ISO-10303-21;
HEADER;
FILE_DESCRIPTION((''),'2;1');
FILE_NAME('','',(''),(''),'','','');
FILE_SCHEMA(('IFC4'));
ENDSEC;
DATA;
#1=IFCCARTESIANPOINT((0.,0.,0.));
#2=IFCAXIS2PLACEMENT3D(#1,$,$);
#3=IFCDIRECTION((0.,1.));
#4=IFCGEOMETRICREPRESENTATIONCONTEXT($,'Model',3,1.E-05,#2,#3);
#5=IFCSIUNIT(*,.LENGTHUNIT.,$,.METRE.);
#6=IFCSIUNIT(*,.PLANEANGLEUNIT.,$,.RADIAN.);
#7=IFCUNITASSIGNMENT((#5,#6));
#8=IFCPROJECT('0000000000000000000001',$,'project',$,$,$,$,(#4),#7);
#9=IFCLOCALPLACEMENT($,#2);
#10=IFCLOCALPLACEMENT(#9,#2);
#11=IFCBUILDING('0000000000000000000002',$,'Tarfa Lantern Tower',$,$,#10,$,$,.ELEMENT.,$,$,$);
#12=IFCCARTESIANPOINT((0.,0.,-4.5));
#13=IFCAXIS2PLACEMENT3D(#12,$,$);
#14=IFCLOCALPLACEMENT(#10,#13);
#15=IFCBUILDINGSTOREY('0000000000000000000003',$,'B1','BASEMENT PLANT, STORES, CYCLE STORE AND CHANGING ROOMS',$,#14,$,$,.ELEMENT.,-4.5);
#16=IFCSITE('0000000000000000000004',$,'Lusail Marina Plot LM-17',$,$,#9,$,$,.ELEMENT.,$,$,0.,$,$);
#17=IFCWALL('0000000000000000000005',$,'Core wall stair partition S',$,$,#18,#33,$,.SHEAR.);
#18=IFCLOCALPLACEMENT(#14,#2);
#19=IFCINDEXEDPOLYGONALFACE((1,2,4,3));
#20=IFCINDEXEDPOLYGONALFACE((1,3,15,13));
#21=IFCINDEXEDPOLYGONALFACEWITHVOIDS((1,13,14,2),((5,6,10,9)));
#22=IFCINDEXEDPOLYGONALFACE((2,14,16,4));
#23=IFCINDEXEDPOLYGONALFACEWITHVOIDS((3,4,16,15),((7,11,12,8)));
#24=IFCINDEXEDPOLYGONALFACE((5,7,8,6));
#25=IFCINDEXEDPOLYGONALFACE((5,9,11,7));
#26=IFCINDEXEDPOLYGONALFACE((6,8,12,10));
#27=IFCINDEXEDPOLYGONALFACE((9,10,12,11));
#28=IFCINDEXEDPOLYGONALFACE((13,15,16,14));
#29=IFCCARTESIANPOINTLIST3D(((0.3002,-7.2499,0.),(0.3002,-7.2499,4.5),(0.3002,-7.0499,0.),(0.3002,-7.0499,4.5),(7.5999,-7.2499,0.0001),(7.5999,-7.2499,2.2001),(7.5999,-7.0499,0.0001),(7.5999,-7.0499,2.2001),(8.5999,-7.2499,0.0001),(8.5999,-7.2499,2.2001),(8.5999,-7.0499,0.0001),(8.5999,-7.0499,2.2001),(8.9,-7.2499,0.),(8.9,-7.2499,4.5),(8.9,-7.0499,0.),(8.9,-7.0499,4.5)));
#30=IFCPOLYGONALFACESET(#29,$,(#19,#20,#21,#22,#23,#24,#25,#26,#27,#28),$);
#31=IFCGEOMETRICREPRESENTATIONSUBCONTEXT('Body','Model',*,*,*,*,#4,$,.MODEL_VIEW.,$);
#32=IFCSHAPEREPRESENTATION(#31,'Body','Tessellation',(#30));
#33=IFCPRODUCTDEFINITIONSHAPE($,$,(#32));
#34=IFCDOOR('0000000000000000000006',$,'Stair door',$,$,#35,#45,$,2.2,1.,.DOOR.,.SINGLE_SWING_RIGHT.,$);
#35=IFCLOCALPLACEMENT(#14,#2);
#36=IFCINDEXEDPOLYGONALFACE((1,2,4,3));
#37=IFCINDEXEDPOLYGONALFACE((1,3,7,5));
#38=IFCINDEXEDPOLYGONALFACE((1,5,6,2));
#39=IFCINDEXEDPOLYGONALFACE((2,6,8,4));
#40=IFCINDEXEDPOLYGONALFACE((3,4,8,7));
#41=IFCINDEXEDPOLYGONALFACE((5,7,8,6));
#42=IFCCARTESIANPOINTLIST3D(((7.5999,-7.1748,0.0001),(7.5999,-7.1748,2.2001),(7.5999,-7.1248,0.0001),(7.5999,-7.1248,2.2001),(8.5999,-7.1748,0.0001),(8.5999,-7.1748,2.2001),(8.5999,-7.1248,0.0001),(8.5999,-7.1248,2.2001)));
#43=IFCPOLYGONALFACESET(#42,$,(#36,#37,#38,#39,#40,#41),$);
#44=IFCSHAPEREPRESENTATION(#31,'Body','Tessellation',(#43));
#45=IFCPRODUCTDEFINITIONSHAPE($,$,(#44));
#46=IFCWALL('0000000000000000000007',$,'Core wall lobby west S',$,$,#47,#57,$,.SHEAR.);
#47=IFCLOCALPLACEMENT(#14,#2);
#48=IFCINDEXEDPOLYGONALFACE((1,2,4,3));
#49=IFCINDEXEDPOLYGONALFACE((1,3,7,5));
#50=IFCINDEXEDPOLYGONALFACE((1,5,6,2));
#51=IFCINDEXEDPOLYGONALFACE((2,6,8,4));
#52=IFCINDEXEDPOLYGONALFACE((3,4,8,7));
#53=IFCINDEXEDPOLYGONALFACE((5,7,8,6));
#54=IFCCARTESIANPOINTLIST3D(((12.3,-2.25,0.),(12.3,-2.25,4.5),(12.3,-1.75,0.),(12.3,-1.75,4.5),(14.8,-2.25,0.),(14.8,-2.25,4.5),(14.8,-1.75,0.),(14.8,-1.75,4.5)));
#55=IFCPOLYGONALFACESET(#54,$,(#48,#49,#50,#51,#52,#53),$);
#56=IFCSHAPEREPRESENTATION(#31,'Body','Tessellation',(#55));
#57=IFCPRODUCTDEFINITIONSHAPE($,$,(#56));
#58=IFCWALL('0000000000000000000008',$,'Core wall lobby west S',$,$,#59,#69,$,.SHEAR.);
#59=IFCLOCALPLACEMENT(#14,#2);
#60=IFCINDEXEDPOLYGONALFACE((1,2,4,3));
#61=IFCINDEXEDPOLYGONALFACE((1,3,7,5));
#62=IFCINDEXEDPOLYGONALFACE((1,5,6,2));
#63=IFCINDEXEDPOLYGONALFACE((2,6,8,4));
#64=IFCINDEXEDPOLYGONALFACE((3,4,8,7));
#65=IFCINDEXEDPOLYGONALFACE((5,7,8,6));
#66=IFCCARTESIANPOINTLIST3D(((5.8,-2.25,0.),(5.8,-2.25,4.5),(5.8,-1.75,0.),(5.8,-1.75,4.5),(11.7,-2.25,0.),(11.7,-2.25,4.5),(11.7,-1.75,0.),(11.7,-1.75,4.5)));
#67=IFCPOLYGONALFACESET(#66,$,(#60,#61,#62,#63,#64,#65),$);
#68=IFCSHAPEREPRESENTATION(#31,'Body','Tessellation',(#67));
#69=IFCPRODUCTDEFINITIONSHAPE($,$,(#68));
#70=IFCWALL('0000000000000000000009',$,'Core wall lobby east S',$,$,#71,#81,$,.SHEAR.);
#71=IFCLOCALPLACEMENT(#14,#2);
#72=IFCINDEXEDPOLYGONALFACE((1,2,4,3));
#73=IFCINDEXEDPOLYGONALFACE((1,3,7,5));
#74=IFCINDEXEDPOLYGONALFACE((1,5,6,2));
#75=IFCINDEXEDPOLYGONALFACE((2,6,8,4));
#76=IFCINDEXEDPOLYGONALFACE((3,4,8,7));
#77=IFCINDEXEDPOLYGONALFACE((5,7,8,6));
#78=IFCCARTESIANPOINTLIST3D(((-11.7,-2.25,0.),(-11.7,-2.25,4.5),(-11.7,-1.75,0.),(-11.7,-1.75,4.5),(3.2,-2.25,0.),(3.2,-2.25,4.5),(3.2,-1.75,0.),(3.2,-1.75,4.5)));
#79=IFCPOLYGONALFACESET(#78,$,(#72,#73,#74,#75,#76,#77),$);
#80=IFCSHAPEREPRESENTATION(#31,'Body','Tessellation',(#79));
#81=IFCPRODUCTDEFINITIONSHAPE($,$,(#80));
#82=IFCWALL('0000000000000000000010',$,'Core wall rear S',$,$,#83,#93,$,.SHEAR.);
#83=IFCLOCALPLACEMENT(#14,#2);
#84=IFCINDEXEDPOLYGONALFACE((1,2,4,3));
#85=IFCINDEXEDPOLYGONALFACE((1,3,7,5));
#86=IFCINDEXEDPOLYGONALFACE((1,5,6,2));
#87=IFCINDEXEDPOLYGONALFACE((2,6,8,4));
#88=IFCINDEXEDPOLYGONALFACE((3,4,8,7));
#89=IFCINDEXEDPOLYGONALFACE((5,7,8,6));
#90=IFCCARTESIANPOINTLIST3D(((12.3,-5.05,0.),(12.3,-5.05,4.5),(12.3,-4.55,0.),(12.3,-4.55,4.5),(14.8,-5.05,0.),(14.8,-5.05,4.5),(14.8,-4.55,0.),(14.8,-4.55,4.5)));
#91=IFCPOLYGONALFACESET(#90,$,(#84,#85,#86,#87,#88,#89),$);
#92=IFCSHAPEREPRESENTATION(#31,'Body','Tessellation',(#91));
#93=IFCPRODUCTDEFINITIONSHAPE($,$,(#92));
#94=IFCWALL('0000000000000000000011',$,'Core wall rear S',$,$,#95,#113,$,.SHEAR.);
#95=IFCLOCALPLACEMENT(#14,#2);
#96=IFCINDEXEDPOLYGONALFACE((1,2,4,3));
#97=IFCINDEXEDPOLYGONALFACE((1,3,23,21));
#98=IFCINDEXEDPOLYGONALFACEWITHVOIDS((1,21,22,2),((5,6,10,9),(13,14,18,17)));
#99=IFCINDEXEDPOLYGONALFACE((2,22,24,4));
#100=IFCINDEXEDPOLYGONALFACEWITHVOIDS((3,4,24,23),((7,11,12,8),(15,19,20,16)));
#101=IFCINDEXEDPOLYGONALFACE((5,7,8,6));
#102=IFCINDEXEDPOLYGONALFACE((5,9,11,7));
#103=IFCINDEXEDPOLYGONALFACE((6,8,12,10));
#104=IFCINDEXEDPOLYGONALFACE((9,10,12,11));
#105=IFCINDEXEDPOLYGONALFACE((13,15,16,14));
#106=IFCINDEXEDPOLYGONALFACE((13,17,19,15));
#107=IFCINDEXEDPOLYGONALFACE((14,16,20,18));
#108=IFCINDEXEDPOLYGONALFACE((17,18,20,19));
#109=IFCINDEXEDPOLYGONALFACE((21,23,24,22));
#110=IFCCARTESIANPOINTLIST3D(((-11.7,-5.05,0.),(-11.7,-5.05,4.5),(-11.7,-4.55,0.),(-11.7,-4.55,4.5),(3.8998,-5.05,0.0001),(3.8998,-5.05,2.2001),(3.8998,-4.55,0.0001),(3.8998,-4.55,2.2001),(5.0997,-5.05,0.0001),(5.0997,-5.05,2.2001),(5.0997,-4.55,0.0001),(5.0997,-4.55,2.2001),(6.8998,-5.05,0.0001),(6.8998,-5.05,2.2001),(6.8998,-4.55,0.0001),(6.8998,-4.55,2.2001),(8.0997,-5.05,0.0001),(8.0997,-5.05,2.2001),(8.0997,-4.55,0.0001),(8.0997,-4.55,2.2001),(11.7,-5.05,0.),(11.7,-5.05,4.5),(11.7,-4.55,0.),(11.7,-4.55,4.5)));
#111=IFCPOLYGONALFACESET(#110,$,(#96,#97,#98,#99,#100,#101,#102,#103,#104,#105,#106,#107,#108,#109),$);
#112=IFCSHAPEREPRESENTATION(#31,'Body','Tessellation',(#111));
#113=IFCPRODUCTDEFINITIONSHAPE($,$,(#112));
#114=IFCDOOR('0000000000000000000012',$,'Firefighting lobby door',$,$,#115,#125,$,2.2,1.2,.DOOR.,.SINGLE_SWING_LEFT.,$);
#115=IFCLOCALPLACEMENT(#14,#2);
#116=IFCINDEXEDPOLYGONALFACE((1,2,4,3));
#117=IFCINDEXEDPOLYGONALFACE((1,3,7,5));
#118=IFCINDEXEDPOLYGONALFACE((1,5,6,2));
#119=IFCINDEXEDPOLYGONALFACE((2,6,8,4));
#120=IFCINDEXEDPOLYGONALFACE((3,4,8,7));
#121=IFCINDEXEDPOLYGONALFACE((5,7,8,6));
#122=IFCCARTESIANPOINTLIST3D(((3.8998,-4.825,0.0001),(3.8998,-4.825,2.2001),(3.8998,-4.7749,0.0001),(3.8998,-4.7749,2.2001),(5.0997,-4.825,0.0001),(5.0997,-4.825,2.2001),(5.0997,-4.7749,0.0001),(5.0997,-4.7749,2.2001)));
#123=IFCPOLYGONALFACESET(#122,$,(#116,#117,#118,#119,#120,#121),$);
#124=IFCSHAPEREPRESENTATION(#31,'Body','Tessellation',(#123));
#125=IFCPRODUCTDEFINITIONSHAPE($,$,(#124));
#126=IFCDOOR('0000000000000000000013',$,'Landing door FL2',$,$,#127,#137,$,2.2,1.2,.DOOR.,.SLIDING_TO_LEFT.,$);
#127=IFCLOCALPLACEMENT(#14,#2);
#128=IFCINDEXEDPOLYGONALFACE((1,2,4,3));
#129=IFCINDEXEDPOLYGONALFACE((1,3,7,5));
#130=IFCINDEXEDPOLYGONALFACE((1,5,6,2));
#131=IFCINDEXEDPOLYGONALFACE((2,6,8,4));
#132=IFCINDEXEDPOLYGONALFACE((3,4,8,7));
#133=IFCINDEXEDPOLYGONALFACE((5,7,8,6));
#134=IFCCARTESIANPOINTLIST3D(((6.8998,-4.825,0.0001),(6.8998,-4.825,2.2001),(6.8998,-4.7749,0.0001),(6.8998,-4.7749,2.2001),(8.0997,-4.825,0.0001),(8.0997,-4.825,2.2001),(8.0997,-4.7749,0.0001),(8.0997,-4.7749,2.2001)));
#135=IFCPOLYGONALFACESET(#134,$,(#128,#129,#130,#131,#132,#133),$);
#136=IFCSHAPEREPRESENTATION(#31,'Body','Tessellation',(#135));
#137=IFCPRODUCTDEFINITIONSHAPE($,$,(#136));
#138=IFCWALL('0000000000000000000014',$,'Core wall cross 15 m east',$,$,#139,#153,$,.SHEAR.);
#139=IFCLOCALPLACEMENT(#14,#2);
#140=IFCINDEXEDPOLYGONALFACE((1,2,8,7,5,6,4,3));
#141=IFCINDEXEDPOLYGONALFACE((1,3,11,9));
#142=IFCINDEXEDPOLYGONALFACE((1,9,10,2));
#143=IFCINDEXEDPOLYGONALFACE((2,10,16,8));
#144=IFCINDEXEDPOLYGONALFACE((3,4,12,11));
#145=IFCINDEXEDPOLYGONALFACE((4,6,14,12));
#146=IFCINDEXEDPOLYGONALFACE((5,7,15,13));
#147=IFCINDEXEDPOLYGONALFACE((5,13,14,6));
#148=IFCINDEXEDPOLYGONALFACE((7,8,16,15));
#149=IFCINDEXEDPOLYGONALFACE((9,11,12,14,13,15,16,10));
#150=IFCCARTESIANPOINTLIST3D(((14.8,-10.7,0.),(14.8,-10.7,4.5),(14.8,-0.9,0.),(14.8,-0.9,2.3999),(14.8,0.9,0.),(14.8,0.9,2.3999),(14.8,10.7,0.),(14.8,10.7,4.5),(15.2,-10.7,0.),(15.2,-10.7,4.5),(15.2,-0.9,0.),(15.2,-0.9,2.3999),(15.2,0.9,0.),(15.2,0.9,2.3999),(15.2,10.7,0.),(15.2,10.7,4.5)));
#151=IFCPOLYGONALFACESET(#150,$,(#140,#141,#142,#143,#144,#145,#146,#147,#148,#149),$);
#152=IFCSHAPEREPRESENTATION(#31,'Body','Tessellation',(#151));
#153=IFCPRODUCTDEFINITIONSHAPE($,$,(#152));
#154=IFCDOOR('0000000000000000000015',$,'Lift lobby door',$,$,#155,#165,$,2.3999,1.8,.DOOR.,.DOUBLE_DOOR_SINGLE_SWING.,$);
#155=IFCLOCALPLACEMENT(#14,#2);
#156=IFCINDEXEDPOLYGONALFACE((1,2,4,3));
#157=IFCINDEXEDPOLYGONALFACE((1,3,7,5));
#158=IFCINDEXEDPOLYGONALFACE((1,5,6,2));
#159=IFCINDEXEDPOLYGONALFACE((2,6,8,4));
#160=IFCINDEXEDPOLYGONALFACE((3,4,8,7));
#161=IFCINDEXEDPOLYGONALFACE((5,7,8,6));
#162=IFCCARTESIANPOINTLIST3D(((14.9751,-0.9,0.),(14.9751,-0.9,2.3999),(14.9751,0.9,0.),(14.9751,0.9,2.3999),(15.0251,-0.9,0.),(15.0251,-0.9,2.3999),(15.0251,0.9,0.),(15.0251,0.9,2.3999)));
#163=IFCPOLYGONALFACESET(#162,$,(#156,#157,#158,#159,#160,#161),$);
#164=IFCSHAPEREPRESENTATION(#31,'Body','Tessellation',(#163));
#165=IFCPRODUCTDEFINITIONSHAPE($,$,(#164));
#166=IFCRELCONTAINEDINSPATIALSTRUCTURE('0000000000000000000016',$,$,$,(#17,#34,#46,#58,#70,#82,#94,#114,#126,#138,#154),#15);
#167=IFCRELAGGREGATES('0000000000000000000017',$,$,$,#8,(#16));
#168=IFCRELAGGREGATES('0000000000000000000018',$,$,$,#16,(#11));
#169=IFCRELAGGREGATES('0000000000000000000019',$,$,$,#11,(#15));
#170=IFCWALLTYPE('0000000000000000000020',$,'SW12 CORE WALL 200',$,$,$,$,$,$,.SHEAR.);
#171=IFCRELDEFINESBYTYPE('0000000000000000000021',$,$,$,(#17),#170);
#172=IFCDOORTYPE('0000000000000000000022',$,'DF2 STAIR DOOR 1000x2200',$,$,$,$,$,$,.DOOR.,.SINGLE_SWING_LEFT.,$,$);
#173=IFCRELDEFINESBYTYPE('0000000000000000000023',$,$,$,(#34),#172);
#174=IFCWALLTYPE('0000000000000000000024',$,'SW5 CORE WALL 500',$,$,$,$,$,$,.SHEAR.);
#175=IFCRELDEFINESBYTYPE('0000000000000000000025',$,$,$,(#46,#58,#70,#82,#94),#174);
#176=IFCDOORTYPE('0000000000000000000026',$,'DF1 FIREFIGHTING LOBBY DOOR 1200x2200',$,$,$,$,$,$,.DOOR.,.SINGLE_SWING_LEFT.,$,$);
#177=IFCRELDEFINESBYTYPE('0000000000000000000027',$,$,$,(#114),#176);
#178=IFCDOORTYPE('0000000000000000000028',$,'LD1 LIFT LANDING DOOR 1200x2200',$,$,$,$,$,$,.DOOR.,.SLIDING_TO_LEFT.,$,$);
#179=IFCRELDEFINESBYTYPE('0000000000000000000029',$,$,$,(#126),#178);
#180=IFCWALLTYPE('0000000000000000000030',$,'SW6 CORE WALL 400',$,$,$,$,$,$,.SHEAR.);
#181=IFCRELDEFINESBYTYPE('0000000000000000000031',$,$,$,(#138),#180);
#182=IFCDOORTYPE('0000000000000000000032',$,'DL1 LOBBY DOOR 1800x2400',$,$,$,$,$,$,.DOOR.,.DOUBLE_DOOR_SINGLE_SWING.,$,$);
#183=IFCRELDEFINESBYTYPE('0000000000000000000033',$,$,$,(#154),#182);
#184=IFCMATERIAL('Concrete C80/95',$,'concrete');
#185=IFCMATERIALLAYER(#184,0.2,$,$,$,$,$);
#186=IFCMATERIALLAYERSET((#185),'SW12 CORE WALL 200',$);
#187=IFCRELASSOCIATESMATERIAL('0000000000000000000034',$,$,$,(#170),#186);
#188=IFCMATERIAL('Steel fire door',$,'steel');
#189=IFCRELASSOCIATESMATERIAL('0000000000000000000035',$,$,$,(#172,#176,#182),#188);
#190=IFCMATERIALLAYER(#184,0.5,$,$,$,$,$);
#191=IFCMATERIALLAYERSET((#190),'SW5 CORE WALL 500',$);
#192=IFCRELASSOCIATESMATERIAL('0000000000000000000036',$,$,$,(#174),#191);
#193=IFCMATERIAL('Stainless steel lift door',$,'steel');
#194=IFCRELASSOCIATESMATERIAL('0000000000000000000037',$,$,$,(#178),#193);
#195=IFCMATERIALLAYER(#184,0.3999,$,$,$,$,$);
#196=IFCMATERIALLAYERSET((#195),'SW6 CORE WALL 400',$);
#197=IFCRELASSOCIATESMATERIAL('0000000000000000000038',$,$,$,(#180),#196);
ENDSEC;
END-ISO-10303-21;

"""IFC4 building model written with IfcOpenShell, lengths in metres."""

from ifc_helpers import new_model, si_unit, direction, frame, frame_2d, origin, place, context, subcontext, project, spatial, rectangle, extrude, material, layer, layer_set, type_object, element, fill, save


model = new_model("IFC4")

# Units and contexts
model_context = context("Model", 3, precision=1e-05, world=origin(), true_north=direction((0.0, 1.0)))
body_context = subcontext(model_context, "Body", "Model", "MODEL_VIEW")
ifc_project = project(units=[si_unit("LENGTHUNIT", "METRE"), si_unit("PLANEANGLEUNIT", "RADIAN")], contexts=[model_context])

# Site, building, storey
site_placement = place(None, origin())
site = spatial("IfcSite", under=ifc_project, at=site_placement, Name="Lusail Marina Plot LM-17", CompositionType="ELEMENT", RefElevation=0.0)
building_placement = place(site_placement, origin())
building = spatial("IfcBuilding", under=site, at=building_placement, Name="Tarfa Lantern Tower", CompositionType="ELEMENT")
storey_placement = place(building_placement, frame((0.0, 0.0, -4.5)))
storey = spatial("IfcBuildingStorey", under=building, at=storey_placement, Name="B1", Description="BASEMENT PLANT, STORES, CYCLE STORE AND CHANGING ROOMS", CompositionType="ELEMENT", Elevation=-4.5)

# Shared definitions
ifc_material_1 = material(Name="Concrete C80/95", Category="concrete")

# Shared definitions
ifc_material_2 = material(Name="Steel fire door", Category="steel")

# Shared definitions
ifc_layer_1 = layer(ifc_material_1, 0.2)
ifc_layer_set_1 = layer_set([ifc_layer_1], Name="SW12 CORE WALL 200")
wall_type_1 = type_object("IfcWallType", Name="SW12 CORE WALL 200", PredefinedType="SHEAR", material=ifc_layer_set_1)

# Wall, opening, door
wall_1_placement = place(storey_placement, frame((8.8999, -7.1499, 0.0), z_axis=(0.0, 0.0, 1.0), x_axis=(-1.0, 0.0, 0.0)))
wall_1 = element("IfcWall", 1, at=wall_1_placement, inside=storey, type_object=wall_type_1, Name="Core wall stair partition S", PredefinedType="SHEAR", context=body_context, shape_type="SweptSolid", body=[
    extrude(rectangle(XDim=8.5999, YDim=0.2, at=frame_2d((4.2998, 0.0))), origin(), (0.0, 0.0, 1.0), 4.5),
])
opening_1_placement = place(wall_1_placement, frame((0.3, 0.0, 0.0)))
opening_1 = element("IfcOpeningElement", 2, at=opening_1_placement, cuts=wall_1, PredefinedType="OPENING", context=body_context, shape_type="SweptSolid", body=[
    extrude(rectangle(XDim=1.0, YDim=2.2, at=frame_2d((0.5, 1.1001))), frame((0.0, 0.1099, 0.0), z_axis=(0.0, -1.0, 0.0), x_axis=(1.0, 0.0, 0.0)), (0.0, 0.0, 1.0), 0.22),
])
door_type_1 = type_object("IfcDoorType", Name="DF2 STAIR DOOR 1000x2200", OperationType="SINGLE_SWING_LEFT", PredefinedType="DOOR", material=ifc_material_2)
door_1_placement = place(opening_1_placement, origin())
door_1 = element("IfcDoor", 3, at=door_1_placement, inside=storey, type_object=door_type_1, Name="Stair door", OperationType="SINGLE_SWING_RIGHT", OverallHeight=2.2, OverallWidth=1.0, PredefinedType="DOOR", context=body_context, shape_type="SweptSolid", body=[
    extrude(rectangle(XDim=1.0, YDim=2.2, at=frame_2d((0.5, 1.1001))), frame((0.0, 0.0249, 0.0), z_axis=(0.0, -1.0, 0.0), x_axis=(1.0, 0.0, 0.0)), (0.0, 0.0, 1.0), 0.05),
])
fill(opening_1, door_1)

# Walls
ifc_layer_2 = layer(ifc_material_1, 0.5)
ifc_layer_set_2 = layer_set([ifc_layer_2], Name="SW5 CORE WALL 500")
wall_type_2 = type_object("IfcWallType", Name="SW5 CORE WALL 500", PredefinedType="SHEAR", material=ifc_layer_set_2)
wall_2_placement = place(storey_placement, frame((14.8, -2.0, 0.0), z_axis=(0.0, 0.0, 1.0), x_axis=(-1.0, 0.0, 0.0)))
element("IfcWall", 4, at=wall_2_placement, inside=storey, type_object=wall_type_2, Name="Core wall lobby west S", PredefinedType="SHEAR", context=body_context, shape_type="SweptSolid", body=[
    extrude(rectangle(XDim=2.5, YDim=0.5, at=frame_2d((1.25, 0.0))), origin(), (0.0, 0.0, 1.0), 4.5),
])
wall_3_placement = place(storey_placement, frame((11.7, -2.0, 0.0), z_axis=(0.0, 0.0, 1.0), x_axis=(-1.0, 0.0, 0.0)))
element("IfcWall", 5, at=wall_3_placement, inside=storey, type_object=wall_type_2, Name="Core wall lobby west S", PredefinedType="SHEAR", context=body_context, shape_type="SweptSolid", body=[
    extrude(rectangle(XDim=5.8999, YDim=0.5, at=frame_2d((2.95, 0.0))), origin(), (0.0, 0.0, 1.0), 4.5),
])
wall_4_placement = place(storey_placement, frame((3.2, -2.0, 0.0), z_axis=(0.0, 0.0, 1.0), x_axis=(-1.0, 0.0, 0.0)))
element("IfcWall", 6, at=wall_4_placement, inside=storey, type_object=wall_type_2, Name="Core wall lobby east S", PredefinedType="SHEAR", context=body_context, shape_type="SweptSolid", body=[
    extrude(rectangle(XDim=14.8999, YDim=0.5, at=frame_2d((7.45, 0.0))), origin(), (0.0, 0.0, 1.0), 4.5),
])
wall_5_placement = place(storey_placement, frame((14.8, -4.8, 0.0), z_axis=(0.0, 0.0, 1.0), x_axis=(-1.0, 0.0, 0.0)))
element("IfcWall", 7, at=wall_5_placement, inside=storey, type_object=wall_type_2, Name="Core wall rear S", PredefinedType="SHEAR", context=body_context, shape_type="SweptSolid", body=[
    extrude(rectangle(XDim=2.5, YDim=0.5, at=frame_2d((1.25, 0.0))), origin(), (0.0, 0.0, 1.0), 4.5),
])

# Wall, openings, doors
wall_6_placement = place(storey_placement, frame((11.7, -4.8, 0.0), z_axis=(0.0, 0.0, 1.0), x_axis=(-1.0, 0.0, 0.0)))
wall_6 = element("IfcWall", 8, at=wall_6_placement, inside=storey, type_object=wall_type_2, Name="Core wall rear S", PredefinedType="SHEAR", context=body_context, shape_type="SweptSolid", body=[
    extrude(rectangle(XDim=23.3999, YDim=0.5, at=frame_2d((11.7, 0.0))), origin(), (0.0, 0.0, 1.0), 4.5),
])
opening_2_placement = place(wall_6_placement, frame((6.6001, 0.0, 0.0)))
opening_2 = element("IfcOpeningElement", 9, at=opening_2_placement, cuts=wall_6, PredefinedType="OPENING", context=body_context, shape_type="SweptSolid", body=[
    extrude(rectangle(XDim=1.2, YDim=2.2, at=frame_2d((0.6001, 1.1001))), frame((0.0, 0.26, 0.0), z_axis=(0.0, -1.0, 0.0), x_axis=(1.0, 0.0, 0.0)), (0.0, 0.0, 1.0), 0.52),
])
opening_3_placement = place(wall_6_placement, frame((3.6001, 0.0, 0.0)))
opening_3 = element("IfcOpeningElement", 10, at=opening_3_placement, cuts=wall_6, PredefinedType="OPENING", context=body_context, shape_type="SweptSolid", body=[
    extrude(rectangle(XDim=1.2, YDim=2.2, at=frame_2d((0.6001, 1.1001))), frame((0.0, 0.26, 0.0), z_axis=(0.0, -1.0, 0.0), x_axis=(1.0, 0.0, 0.0)), (0.0, 0.0, 1.0), 0.52),
])
door_type_2 = type_object("IfcDoorType", Name="DF1 FIREFIGHTING LOBBY DOOR 1200x2200", OperationType="SINGLE_SWING_LEFT", PredefinedType="DOOR", material=ifc_material_2)
door_2_placement = place(opening_2_placement, origin())
door_2 = element("IfcDoor", 11, at=door_2_placement, inside=storey, type_object=door_type_2, Name="Firefighting lobby door", OperationType="SINGLE_SWING_LEFT", OverallHeight=2.2, OverallWidth=1.2, PredefinedType="DOOR", context=body_context, shape_type="SweptSolid", body=[
    extrude(rectangle(XDim=1.2, YDim=2.2, at=frame_2d((0.6001, 1.1001))), frame((0.0, 0.0249, 0.0), z_axis=(0.0, -1.0, 0.0), x_axis=(1.0, 0.0, 0.0)), (0.0, 0.0, 1.0), 0.05),
])
fill(opening_2, door_2)
ifc_material_3 = material(Name="Stainless steel lift door", Category="steel")
door_type_3 = type_object("IfcDoorType", Name="LD1 LIFT LANDING DOOR 1200x2200", OperationType="SLIDING_TO_LEFT", PredefinedType="DOOR", material=ifc_material_3)
door_3_placement = place(opening_3_placement, origin())
door_3 = element("IfcDoor", 12, at=door_3_placement, inside=storey, type_object=door_type_3, Name="Landing door FL2", OperationType="SLIDING_TO_LEFT", OverallHeight=2.2, OverallWidth=1.2, PredefinedType="DOOR", context=body_context, shape_type="SweptSolid", body=[
    extrude(rectangle(XDim=1.2, YDim=2.2, at=frame_2d((0.6001, 1.1001))), frame((0.0, 0.0249, 0.0), z_axis=(0.0, -1.0, 0.0), x_axis=(1.0, 0.0, 0.0)), (0.0, 0.0, 1.0), 0.05),
])
fill(opening_3, door_3)

# Wall, opening, door
ifc_layer_3 = layer(ifc_material_1, 0.3999)
ifc_layer_set_3 = layer_set([ifc_layer_3], Name="SW6 CORE WALL 400")
wall_type_3 = type_object("IfcWallType", Name="SW6 CORE WALL 400", PredefinedType="SHEAR", material=ifc_layer_set_3)
wall_7_placement = place(storey_placement, frame((15.0, -10.7, 0.0), z_axis=(0.0, 0.0, 1.0), x_axis=(0.0, 1.0, 0.0)))
wall_7 = element("IfcWall", 13, at=wall_7_placement, inside=storey, type_object=wall_type_3, Name="Core wall cross 15 m east", PredefinedType="SHEAR", context=body_context, shape_type="SweptSolid", body=[
    extrude(rectangle(XDim=21.3999, YDim=0.3999, at=frame_2d((10.7, 0.0))), origin(), (0.0, 0.0, 1.0), 4.5),
])
opening_4_placement = place(wall_7_placement, frame((9.8, 0.0, 0.0)))
opening_4 = element("IfcOpeningElement", 14, at=opening_4_placement, cuts=wall_7, PredefinedType="OPENING", context=body_context, shape_type="SweptSolid", body=[
    extrude(rectangle(XDim=1.8, YDim=2.3999, at=frame_2d((0.8999, 1.2))), frame((0.0, 0.21, 0.0), z_axis=(0.0, -1.0, 0.0), x_axis=(1.0, 0.0, 0.0)), (0.0, 0.0, 1.0), 0.4199),
])
door_type_4 = type_object("IfcDoorType", Name="DL1 LOBBY DOOR 1800x2400", OperationType="DOUBLE_DOOR_SINGLE_SWING", PredefinedType="DOOR", material=ifc_material_2)
door_4_placement = place(opening_4_placement, origin())
door_4 = element("IfcDoor", 15, at=door_4_placement, inside=storey, type_object=door_type_4, Name="Lift lobby door", OperationType="DOUBLE_DOOR_SINGLE_SWING", OverallHeight=2.3999, OverallWidth=1.8, PredefinedType="DOOR", context=body_context, shape_type="SweptSolid", body=[
    extrude(rectangle(XDim=1.8, YDim=2.3999, at=frame_2d((0.8999, 1.2))), frame((0.0, 0.0249, 0.0), z_axis=(0.0, -1.0, 0.0), x_axis=(1.0, 0.0, 0.0)), (0.0, 0.0, 1.0), 0.05),
])
fill(opening_4, door_4)

save(model, "model.ifc")
